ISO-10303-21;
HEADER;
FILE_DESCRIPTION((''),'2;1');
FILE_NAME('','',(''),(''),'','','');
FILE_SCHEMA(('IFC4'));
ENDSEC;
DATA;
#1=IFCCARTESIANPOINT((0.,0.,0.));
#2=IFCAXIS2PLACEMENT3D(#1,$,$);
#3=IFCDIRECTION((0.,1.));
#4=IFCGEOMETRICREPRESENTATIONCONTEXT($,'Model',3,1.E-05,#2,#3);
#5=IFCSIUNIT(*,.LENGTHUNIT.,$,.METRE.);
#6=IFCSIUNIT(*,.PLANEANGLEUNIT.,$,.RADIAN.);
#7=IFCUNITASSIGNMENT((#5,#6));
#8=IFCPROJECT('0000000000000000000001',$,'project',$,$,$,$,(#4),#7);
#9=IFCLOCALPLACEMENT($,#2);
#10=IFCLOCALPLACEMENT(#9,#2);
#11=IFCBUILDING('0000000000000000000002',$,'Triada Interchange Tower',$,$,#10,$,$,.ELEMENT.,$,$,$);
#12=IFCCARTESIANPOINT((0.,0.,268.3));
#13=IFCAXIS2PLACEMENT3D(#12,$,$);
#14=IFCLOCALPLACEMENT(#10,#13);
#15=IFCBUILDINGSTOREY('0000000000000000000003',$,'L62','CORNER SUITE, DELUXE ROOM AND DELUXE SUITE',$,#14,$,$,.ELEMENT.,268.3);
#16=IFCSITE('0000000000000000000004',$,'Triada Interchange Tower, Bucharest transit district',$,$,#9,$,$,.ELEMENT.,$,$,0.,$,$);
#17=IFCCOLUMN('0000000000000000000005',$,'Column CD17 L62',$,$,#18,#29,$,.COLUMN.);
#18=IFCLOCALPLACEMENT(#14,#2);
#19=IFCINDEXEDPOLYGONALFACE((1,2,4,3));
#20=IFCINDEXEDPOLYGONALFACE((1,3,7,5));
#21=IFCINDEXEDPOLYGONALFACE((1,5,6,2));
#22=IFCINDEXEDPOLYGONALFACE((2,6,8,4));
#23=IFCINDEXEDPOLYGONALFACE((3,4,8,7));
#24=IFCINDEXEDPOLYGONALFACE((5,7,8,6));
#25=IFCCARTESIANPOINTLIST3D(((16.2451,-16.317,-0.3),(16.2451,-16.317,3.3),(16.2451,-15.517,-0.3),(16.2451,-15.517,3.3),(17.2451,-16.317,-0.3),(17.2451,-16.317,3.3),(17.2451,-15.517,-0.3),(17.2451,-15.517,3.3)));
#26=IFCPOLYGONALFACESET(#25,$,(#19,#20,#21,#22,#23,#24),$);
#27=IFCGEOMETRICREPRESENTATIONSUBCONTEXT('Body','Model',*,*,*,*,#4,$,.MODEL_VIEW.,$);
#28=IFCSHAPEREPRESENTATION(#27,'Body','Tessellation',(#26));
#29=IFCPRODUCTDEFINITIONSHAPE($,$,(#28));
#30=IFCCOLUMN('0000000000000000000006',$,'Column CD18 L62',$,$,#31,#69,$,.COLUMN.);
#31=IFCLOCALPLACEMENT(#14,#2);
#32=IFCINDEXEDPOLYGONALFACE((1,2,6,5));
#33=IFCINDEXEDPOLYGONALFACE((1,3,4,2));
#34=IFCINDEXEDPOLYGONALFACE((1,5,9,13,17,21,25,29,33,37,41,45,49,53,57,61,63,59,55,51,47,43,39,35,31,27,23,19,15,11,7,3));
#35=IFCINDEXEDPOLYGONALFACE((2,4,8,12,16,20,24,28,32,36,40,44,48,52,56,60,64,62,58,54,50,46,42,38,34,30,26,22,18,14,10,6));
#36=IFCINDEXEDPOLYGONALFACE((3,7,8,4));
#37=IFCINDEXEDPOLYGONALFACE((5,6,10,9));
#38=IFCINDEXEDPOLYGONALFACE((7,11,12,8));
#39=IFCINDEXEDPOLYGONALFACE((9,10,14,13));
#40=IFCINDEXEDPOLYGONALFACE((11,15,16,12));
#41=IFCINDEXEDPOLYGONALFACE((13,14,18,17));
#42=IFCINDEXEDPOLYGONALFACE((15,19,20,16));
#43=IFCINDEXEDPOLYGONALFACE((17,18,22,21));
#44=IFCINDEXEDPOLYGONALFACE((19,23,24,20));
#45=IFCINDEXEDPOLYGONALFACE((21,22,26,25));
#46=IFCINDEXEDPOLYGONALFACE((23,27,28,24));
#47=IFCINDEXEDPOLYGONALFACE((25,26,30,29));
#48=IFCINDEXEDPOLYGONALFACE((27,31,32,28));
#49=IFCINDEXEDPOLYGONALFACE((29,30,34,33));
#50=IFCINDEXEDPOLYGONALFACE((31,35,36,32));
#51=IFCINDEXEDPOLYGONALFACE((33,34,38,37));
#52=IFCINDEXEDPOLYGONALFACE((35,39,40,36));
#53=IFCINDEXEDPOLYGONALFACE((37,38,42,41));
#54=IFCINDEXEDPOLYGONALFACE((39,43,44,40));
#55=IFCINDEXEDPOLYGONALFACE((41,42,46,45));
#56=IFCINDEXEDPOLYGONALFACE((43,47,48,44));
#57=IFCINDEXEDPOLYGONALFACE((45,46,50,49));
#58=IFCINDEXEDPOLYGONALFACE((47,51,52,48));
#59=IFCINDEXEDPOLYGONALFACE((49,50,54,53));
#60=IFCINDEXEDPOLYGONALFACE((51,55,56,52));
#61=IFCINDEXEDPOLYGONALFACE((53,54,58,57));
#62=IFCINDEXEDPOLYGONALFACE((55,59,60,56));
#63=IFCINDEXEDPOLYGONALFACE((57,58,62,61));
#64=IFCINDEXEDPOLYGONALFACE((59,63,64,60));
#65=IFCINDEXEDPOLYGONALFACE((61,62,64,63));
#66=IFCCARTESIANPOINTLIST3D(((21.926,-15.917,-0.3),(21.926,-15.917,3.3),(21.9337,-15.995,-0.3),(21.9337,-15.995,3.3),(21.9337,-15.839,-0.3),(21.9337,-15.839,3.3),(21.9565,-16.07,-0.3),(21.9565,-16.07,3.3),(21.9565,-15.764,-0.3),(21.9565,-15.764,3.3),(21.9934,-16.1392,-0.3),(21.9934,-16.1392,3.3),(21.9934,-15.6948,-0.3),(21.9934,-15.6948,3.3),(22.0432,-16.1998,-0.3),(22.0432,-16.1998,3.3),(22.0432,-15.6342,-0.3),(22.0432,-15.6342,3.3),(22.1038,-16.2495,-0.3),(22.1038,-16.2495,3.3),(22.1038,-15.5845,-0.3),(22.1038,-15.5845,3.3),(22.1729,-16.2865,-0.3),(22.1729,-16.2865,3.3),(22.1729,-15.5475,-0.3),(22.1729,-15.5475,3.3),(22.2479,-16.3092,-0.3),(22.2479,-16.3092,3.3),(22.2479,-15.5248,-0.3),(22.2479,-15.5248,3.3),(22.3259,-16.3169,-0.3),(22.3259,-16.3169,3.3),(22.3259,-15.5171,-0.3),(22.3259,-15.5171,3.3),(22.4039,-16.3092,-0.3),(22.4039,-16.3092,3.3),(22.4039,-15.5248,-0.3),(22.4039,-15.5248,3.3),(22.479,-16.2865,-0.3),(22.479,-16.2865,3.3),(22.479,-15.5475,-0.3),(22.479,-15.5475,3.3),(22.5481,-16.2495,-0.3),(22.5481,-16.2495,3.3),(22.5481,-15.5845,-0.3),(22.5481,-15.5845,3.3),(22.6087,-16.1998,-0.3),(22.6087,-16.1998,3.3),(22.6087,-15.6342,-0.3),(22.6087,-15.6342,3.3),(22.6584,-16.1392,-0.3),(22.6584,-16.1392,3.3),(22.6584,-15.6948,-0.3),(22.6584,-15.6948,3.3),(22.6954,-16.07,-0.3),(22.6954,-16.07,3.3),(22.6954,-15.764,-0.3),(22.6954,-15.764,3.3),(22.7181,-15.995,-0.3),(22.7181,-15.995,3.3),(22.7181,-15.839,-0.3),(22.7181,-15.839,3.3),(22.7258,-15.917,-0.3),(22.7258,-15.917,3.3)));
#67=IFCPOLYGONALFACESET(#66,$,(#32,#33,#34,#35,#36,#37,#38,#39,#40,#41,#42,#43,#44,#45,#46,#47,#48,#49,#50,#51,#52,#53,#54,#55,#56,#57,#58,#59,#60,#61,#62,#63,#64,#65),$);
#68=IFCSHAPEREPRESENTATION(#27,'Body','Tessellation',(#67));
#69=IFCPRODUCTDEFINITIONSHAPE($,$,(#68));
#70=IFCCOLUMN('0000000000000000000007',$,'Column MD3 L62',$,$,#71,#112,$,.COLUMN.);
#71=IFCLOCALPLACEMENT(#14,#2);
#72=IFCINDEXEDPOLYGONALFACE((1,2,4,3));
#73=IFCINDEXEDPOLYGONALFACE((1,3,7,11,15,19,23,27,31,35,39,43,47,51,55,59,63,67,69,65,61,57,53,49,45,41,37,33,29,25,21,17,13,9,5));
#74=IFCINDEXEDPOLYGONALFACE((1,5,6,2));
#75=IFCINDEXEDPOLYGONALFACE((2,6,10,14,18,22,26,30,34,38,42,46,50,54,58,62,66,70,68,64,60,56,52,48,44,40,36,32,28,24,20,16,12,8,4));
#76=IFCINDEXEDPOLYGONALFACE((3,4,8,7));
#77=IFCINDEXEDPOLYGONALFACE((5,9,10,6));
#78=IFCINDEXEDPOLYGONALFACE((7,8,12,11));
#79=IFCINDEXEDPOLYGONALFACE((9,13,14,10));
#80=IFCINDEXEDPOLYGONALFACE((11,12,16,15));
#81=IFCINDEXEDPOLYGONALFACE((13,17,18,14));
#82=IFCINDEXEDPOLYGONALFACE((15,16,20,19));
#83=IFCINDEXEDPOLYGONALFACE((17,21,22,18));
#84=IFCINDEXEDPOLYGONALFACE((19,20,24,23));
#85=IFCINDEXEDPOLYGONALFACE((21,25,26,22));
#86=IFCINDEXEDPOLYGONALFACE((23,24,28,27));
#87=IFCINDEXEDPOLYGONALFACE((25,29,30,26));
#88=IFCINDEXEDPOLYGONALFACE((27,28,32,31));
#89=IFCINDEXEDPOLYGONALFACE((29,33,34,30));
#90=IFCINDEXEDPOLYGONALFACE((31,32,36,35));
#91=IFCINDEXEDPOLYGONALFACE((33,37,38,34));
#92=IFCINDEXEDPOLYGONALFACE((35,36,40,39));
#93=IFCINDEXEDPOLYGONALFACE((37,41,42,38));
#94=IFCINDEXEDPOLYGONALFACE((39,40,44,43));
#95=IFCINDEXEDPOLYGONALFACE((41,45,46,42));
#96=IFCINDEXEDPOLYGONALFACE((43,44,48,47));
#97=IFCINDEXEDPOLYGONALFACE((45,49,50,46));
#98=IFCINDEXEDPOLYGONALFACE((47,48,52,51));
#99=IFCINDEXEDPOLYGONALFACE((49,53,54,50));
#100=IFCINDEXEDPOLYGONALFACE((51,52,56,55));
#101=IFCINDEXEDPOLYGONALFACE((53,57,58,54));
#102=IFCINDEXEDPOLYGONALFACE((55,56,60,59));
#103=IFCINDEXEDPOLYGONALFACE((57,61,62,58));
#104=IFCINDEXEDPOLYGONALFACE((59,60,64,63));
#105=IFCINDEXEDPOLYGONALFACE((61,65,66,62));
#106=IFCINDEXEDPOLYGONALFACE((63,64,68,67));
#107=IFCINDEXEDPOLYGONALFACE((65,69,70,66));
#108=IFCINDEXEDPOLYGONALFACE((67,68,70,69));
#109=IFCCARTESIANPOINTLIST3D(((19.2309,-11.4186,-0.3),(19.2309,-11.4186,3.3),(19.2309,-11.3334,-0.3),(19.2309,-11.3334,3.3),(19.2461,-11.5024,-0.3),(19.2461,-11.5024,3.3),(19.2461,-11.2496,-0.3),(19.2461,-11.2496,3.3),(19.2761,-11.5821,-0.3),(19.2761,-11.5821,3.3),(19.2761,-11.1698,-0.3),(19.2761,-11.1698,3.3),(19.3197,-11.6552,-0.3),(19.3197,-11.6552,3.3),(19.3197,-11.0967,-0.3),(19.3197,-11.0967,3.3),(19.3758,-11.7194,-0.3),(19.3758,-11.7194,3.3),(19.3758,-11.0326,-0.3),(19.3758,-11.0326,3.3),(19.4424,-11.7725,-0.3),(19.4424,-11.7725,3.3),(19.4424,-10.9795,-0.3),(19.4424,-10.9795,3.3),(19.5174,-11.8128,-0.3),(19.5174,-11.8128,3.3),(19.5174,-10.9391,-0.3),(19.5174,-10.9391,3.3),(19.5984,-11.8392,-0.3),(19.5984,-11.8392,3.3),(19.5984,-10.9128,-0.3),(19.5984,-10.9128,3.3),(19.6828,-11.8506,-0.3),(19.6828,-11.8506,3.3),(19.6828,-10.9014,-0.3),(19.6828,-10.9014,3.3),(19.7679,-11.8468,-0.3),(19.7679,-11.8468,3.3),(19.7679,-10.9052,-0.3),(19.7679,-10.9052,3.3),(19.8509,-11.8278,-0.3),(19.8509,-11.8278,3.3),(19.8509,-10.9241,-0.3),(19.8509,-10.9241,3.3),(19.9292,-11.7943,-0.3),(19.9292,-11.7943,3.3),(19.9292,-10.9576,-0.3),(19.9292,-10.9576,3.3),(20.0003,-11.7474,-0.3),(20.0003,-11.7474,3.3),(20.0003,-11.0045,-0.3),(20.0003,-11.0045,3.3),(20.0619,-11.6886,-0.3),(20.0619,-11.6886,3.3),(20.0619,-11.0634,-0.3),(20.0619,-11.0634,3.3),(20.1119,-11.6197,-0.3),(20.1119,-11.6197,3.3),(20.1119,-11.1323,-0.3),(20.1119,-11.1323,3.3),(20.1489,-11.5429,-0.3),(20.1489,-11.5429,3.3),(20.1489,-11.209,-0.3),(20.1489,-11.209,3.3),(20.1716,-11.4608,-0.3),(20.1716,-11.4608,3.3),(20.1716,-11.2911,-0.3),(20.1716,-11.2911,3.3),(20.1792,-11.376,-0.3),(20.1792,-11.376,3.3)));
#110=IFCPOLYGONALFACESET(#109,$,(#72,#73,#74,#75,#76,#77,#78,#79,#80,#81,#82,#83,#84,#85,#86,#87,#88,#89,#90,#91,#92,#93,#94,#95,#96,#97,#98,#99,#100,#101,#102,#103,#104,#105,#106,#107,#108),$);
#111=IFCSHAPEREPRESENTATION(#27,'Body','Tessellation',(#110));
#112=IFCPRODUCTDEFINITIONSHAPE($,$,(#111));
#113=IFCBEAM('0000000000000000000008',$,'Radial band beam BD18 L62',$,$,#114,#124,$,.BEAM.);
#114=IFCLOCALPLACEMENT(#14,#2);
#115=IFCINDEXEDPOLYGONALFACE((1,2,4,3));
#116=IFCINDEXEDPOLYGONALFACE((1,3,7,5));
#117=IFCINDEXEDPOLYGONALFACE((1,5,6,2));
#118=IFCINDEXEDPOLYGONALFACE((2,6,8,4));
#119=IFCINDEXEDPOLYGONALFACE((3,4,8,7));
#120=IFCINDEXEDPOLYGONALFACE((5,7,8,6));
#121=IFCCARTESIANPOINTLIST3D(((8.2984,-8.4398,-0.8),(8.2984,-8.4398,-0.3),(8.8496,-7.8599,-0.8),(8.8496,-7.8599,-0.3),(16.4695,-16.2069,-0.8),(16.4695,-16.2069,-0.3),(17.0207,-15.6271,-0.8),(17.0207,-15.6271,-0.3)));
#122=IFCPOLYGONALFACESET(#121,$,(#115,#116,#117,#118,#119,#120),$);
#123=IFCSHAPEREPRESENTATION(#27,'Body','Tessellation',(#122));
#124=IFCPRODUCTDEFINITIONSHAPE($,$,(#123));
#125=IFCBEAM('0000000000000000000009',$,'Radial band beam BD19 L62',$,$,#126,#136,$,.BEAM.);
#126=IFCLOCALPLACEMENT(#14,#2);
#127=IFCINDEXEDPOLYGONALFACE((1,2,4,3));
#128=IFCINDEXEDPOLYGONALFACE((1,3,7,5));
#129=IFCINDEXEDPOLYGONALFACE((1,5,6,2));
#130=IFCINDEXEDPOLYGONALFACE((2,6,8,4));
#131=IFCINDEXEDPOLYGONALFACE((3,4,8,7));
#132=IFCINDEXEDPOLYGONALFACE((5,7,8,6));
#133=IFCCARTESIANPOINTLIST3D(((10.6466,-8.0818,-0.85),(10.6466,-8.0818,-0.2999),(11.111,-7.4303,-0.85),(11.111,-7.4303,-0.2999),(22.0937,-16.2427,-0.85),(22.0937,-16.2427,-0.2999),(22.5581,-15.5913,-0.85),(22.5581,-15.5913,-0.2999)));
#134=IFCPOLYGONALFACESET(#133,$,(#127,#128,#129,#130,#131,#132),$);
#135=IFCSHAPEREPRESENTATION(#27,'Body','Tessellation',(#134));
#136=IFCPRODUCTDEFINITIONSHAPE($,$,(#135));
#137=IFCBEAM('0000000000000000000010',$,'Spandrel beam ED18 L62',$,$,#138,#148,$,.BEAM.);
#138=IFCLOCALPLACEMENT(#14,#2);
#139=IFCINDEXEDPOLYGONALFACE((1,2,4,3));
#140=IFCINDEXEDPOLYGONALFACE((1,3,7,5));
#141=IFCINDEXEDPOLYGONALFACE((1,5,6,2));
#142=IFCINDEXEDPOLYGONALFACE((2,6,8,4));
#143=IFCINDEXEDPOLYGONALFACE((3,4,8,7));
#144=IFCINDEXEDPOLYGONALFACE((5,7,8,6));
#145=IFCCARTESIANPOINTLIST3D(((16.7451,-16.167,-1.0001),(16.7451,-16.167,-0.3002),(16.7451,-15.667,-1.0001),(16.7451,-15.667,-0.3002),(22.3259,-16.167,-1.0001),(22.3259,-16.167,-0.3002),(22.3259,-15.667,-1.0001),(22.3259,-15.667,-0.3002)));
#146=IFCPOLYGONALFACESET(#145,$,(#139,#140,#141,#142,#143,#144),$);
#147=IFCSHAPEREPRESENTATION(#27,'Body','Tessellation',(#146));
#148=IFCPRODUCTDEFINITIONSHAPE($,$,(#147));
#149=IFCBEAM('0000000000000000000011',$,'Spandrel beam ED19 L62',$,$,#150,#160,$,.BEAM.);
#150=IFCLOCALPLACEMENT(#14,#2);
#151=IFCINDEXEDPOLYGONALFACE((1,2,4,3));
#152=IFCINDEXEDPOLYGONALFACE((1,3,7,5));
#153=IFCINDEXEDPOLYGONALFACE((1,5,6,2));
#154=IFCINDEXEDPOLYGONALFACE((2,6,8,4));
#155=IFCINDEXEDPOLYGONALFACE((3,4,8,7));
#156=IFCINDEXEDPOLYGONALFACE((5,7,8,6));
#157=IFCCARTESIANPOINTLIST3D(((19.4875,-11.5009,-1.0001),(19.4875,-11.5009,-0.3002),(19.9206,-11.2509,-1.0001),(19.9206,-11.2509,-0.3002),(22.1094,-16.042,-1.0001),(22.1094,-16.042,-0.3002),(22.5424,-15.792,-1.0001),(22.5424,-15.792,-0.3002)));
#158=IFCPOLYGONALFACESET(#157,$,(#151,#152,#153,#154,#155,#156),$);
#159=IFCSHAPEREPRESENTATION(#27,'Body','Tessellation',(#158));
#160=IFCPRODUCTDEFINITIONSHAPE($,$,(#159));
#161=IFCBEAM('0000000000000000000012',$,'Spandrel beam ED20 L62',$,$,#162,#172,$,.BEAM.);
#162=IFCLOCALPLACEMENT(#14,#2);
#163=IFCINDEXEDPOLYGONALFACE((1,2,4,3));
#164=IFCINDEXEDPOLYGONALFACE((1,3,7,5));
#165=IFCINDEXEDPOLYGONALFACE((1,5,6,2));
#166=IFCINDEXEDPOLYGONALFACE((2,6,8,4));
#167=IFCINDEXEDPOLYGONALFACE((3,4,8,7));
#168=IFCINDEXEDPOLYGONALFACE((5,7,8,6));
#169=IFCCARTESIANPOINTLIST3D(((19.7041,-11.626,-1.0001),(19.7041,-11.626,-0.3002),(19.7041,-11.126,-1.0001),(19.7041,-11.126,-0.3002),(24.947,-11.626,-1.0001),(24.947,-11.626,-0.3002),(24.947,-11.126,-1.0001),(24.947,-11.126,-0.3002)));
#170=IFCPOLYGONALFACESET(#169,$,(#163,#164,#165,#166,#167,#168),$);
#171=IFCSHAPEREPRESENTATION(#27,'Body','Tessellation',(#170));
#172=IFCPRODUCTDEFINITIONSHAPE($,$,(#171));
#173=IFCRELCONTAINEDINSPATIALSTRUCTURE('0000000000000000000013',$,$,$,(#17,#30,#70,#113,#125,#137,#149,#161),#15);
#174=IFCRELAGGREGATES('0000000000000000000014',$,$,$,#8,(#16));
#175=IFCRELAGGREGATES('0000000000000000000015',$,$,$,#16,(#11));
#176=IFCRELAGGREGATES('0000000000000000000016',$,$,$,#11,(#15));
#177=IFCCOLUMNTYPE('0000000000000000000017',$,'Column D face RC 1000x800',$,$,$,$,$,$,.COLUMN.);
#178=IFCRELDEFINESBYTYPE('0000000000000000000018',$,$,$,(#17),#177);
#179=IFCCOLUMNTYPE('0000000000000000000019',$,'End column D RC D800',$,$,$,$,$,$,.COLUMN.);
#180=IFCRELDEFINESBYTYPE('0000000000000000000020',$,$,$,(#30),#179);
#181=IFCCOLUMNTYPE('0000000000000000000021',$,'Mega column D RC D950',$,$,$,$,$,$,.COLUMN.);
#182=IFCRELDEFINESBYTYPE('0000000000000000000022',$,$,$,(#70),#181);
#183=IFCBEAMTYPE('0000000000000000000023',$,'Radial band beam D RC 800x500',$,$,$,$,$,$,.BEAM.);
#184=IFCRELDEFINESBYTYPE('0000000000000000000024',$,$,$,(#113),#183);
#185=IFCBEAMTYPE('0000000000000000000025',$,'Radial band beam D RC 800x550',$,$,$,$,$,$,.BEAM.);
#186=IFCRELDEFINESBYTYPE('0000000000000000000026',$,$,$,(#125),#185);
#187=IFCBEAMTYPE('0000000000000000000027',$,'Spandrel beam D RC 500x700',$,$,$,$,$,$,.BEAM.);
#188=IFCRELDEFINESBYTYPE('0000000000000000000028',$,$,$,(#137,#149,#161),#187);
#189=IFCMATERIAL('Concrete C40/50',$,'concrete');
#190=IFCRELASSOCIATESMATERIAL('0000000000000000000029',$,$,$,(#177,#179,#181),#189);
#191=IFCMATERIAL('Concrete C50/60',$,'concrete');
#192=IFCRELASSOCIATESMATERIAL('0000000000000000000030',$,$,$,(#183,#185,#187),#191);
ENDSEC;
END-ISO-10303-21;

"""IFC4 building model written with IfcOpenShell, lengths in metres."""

from ifc_helpers import new_model, si_unit, direction, frame, origin, origin_2d, place, context, subcontext, project, spatial, rectangle, circle, extrude, material, material_profile, profile_set, type_object, element, save


model = new_model("IFC4")

# Units and contexts
model_context = context("Model", 3, precision=1e-05, world=origin(), true_north=direction((0.0, 1.0)))
body_context = subcontext(model_context, "Body", "Model", "MODEL_VIEW")
ifc_project = project(units=[si_unit("LENGTHUNIT", "METRE"), si_unit("PLANEANGLEUNIT", "RADIAN")], contexts=[model_context])

# Site, building, storey
site_placement = place(None, origin())
site = spatial("IfcSite", under=ifc_project, at=site_placement, Name="Triada Interchange Tower, Bucharest transit district", CompositionType="ELEMENT", RefElevation=0.0)
building_placement = place(site_placement, origin())
building = spatial("IfcBuilding", under=site, at=building_placement, Name="Triada Interchange Tower", CompositionType="ELEMENT")
storey_placement = place(building_placement, frame((0.0, 0.0, 268.3)))
storey = spatial("IfcBuildingStorey", under=building, at=storey_placement, Name="L62", Description="CORNER SUITE, DELUXE ROOM AND DELUXE SUITE", CompositionType="ELEMENT", Elevation=268.3)

# Columns
ifc_material_1 = material(Name="Concrete C40/50", Category="concrete")
ifc_material_profile_1 = material_profile(ifc_material_1, rectangle(XDim=1.0, YDim=0.8, at=origin_2d()), Name="RC 1000x800")
ifc_profile_set_1 = profile_set([ifc_material_profile_1], Name="Concrete C40/50")
column_type_1 = type_object("IfcColumnType", Name="Column D face RC 1000x800", PredefinedType="COLUMN", material=ifc_profile_set_1)
column_1_placement = place(storey_placement, frame((16.7451, -15.917, -0.3), z_axis=(0.0, 0.0, 1.0), x_axis=(1.0, 0.0, 0.0)))
element("IfcColumn", 1, at=column_1_placement, inside=storey, type_object=column_type_1, Name="Column CD17 L62", PredefinedType="COLUMN", context=body_context, shape_type="SweptSolid", body=[
    extrude(rectangle(XDim=1.0, YDim=0.8, at=origin_2d()), origin(), (0.0, 0.0, 1.0), 3.6001),
])
ifc_material_profile_2 = material_profile(ifc_material_1, circle(Radius=0.3999, at=origin_2d()), Name="RC D800")
ifc_profile_set_2 = profile_set([ifc_material_profile_2], Name="Concrete C40/50")
column_type_2 = type_object("IfcColumnType", Name="End column D RC D800", PredefinedType="COLUMN", material=ifc_profile_set_2)
column_2_placement = place(storey_placement, frame((22.3259, -15.917, -0.3), z_axis=(0.0, 0.0, 1.0), x_axis=(1.0, 0.0, 0.0)))
element("IfcColumn", 2, at=column_2_placement, inside=storey, type_object=column_type_2, Name="Column CD18 L62", PredefinedType="COLUMN", context=body_context, shape_type="SweptSolid", body=[
    extrude(circle(Radius=0.3999, at=origin_2d()), origin(), (0.0, 0.0, 1.0), 3.6001),
])
ifc_material_profile_3 = material_profile(ifc_material_1, circle(Radius=0.4751, at=origin_2d()), Name="RC D950")
ifc_profile_set_3 = profile_set([ifc_material_profile_3], Name="Concrete C40/50")
column_type_3 = type_object("IfcColumnType", Name="Mega column D RC D950", PredefinedType="COLUMN", material=ifc_profile_set_3)
column_3_placement = place(storey_placement, frame((19.7041, -11.376, -0.3), z_axis=(0.0, 0.0, 1.0), x_axis=(1.0, 0.0, 0.0)))
element("IfcColumn", 3, at=column_3_placement, inside=storey, type_object=column_type_3, Name="Column MD3 L62", PredefinedType="COLUMN", context=body_context, shape_type="SweptSolid", body=[
    extrude(circle(Radius=0.4751, at=origin_2d()), origin(), (0.0, 0.0, 1.0), 3.6001),
])

# Beams
ifc_material_2 = material(Name="Concrete C50/60", Category="concrete")
ifc_material_profile_4 = material_profile(ifc_material_2, rectangle(XDim=0.8, YDim=0.5, at=origin_2d()), Name="RC 800x500")
ifc_profile_set_4 = profile_set([ifc_material_profile_4], Name="Concrete C50/60")
beam_type_1 = type_object("IfcBeamType", Name="Radial band beam D RC 800x500", PredefinedType="BEAM", material=ifc_profile_set_4)
beam_1_placement = place(storey_placement, frame((16.7451, -15.917, -0.55), z_axis=(-0.7248, 0.688959, 0.0), x_axis=(-0.688959, -0.7248, 0.0)))
element("IfcBeam", 4, at=beam_1_placement, inside=storey, type_object=beam_type_1, Name="Radial band beam BD18 L62", PredefinedType="BEAM", context=body_context, shape_type="SweptSolid", body=[
    extrude(rectangle(XDim=0.8, YDim=0.5, at=origin_2d()), origin(), (0.0, 0.0, 1.0), 11.2737),
])
ifc_material_profile_5 = material_profile(ifc_material_2, rectangle(XDim=0.8, YDim=0.55, at=origin_2d()), Name="RC 800x550")
ifc_profile_set_5 = profile_set([ifc_material_profile_5], Name="Concrete C50/60")
beam_type_2 = type_object("IfcBeamType", Name="Radial band beam D RC 800x550", PredefinedType="BEAM", material=ifc_profile_set_5)
beam_2_placement = place(storey_placement, frame((22.3259, -15.917, -0.575), z_axis=(-0.814256, 0.580505, 0.0), x_axis=(-0.580505, -0.814256, 0.0)))
element("IfcBeam", 5, at=beam_2_placement, inside=storey, type_object=beam_type_2, Name="Radial band beam BD19 L62", PredefinedType="BEAM", context=body_context, shape_type="SweptSolid", body=[
    extrude(rectangle(XDim=0.8, YDim=0.55, at=origin_2d()), origin(), (0.0, 0.0, 1.0), 14.0583),
])
ifc_material_profile_6 = material_profile(ifc_material_2, rectangle(XDim=0.5, YDim=0.7, at=origin_2d()), Name="RC 500x700")
ifc_profile_set_6 = profile_set([ifc_material_profile_6], Name="Concrete C50/60")
beam_type_3 = type_object("IfcBeamType", Name="Spandrel beam D RC 500x700", PredefinedType="BEAM", material=ifc_profile_set_6)
beam_3_placement = place(storey_placement, frame((16.7451, -15.917, -0.6501), z_axis=(1.0, 0.0, 0.0), x_axis=(0.0, 1.0, 0.0)))
element("IfcBeam", 6, at=beam_3_placement, inside=storey, type_object=beam_type_3, Name="Spandrel beam ED18 L62", PredefinedType="BEAM", context=body_context, shape_type="SweptSolid", body=[
    extrude(rectangle(XDim=0.5, YDim=0.7, at=origin_2d()), origin(), (0.0, 0.0, 1.0), 5.5808),
])
beam_4_placement = place(storey_placement, frame((22.3259, -15.917, -0.6501), z_axis=(-0.50001, 0.86602, 0.0), x_axis=(-0.86602, -0.50001, 0.0)))
element("IfcBeam", 7, at=beam_4_placement, inside=storey, type_object=beam_type_3, Name="Spandrel beam ED19 L62", PredefinedType="BEAM", context=body_context, shape_type="SweptSolid", body=[
    extrude(rectangle(XDim=0.5, YDim=0.7, at=origin_2d()), origin(), (0.0, 0.0, 1.0), 5.2437),
])
beam_5_placement = place(storey_placement, frame((19.7041, -11.376, -0.6501), z_axis=(1.0, 0.0, 0.0), x_axis=(0.0, 1.0, 0.0)))
element("IfcBeam", 8, at=beam_5_placement, inside=storey, type_object=beam_type_3, Name="Spandrel beam ED20 L62", PredefinedType="BEAM", context=body_context, shape_type="SweptSolid", body=[
    extrude(rectangle(XDim=0.5, YDim=0.7, at=origin_2d()), origin(), (0.0, 0.0, 1.0), 5.2429),
])

save(model, "model.ifc")
